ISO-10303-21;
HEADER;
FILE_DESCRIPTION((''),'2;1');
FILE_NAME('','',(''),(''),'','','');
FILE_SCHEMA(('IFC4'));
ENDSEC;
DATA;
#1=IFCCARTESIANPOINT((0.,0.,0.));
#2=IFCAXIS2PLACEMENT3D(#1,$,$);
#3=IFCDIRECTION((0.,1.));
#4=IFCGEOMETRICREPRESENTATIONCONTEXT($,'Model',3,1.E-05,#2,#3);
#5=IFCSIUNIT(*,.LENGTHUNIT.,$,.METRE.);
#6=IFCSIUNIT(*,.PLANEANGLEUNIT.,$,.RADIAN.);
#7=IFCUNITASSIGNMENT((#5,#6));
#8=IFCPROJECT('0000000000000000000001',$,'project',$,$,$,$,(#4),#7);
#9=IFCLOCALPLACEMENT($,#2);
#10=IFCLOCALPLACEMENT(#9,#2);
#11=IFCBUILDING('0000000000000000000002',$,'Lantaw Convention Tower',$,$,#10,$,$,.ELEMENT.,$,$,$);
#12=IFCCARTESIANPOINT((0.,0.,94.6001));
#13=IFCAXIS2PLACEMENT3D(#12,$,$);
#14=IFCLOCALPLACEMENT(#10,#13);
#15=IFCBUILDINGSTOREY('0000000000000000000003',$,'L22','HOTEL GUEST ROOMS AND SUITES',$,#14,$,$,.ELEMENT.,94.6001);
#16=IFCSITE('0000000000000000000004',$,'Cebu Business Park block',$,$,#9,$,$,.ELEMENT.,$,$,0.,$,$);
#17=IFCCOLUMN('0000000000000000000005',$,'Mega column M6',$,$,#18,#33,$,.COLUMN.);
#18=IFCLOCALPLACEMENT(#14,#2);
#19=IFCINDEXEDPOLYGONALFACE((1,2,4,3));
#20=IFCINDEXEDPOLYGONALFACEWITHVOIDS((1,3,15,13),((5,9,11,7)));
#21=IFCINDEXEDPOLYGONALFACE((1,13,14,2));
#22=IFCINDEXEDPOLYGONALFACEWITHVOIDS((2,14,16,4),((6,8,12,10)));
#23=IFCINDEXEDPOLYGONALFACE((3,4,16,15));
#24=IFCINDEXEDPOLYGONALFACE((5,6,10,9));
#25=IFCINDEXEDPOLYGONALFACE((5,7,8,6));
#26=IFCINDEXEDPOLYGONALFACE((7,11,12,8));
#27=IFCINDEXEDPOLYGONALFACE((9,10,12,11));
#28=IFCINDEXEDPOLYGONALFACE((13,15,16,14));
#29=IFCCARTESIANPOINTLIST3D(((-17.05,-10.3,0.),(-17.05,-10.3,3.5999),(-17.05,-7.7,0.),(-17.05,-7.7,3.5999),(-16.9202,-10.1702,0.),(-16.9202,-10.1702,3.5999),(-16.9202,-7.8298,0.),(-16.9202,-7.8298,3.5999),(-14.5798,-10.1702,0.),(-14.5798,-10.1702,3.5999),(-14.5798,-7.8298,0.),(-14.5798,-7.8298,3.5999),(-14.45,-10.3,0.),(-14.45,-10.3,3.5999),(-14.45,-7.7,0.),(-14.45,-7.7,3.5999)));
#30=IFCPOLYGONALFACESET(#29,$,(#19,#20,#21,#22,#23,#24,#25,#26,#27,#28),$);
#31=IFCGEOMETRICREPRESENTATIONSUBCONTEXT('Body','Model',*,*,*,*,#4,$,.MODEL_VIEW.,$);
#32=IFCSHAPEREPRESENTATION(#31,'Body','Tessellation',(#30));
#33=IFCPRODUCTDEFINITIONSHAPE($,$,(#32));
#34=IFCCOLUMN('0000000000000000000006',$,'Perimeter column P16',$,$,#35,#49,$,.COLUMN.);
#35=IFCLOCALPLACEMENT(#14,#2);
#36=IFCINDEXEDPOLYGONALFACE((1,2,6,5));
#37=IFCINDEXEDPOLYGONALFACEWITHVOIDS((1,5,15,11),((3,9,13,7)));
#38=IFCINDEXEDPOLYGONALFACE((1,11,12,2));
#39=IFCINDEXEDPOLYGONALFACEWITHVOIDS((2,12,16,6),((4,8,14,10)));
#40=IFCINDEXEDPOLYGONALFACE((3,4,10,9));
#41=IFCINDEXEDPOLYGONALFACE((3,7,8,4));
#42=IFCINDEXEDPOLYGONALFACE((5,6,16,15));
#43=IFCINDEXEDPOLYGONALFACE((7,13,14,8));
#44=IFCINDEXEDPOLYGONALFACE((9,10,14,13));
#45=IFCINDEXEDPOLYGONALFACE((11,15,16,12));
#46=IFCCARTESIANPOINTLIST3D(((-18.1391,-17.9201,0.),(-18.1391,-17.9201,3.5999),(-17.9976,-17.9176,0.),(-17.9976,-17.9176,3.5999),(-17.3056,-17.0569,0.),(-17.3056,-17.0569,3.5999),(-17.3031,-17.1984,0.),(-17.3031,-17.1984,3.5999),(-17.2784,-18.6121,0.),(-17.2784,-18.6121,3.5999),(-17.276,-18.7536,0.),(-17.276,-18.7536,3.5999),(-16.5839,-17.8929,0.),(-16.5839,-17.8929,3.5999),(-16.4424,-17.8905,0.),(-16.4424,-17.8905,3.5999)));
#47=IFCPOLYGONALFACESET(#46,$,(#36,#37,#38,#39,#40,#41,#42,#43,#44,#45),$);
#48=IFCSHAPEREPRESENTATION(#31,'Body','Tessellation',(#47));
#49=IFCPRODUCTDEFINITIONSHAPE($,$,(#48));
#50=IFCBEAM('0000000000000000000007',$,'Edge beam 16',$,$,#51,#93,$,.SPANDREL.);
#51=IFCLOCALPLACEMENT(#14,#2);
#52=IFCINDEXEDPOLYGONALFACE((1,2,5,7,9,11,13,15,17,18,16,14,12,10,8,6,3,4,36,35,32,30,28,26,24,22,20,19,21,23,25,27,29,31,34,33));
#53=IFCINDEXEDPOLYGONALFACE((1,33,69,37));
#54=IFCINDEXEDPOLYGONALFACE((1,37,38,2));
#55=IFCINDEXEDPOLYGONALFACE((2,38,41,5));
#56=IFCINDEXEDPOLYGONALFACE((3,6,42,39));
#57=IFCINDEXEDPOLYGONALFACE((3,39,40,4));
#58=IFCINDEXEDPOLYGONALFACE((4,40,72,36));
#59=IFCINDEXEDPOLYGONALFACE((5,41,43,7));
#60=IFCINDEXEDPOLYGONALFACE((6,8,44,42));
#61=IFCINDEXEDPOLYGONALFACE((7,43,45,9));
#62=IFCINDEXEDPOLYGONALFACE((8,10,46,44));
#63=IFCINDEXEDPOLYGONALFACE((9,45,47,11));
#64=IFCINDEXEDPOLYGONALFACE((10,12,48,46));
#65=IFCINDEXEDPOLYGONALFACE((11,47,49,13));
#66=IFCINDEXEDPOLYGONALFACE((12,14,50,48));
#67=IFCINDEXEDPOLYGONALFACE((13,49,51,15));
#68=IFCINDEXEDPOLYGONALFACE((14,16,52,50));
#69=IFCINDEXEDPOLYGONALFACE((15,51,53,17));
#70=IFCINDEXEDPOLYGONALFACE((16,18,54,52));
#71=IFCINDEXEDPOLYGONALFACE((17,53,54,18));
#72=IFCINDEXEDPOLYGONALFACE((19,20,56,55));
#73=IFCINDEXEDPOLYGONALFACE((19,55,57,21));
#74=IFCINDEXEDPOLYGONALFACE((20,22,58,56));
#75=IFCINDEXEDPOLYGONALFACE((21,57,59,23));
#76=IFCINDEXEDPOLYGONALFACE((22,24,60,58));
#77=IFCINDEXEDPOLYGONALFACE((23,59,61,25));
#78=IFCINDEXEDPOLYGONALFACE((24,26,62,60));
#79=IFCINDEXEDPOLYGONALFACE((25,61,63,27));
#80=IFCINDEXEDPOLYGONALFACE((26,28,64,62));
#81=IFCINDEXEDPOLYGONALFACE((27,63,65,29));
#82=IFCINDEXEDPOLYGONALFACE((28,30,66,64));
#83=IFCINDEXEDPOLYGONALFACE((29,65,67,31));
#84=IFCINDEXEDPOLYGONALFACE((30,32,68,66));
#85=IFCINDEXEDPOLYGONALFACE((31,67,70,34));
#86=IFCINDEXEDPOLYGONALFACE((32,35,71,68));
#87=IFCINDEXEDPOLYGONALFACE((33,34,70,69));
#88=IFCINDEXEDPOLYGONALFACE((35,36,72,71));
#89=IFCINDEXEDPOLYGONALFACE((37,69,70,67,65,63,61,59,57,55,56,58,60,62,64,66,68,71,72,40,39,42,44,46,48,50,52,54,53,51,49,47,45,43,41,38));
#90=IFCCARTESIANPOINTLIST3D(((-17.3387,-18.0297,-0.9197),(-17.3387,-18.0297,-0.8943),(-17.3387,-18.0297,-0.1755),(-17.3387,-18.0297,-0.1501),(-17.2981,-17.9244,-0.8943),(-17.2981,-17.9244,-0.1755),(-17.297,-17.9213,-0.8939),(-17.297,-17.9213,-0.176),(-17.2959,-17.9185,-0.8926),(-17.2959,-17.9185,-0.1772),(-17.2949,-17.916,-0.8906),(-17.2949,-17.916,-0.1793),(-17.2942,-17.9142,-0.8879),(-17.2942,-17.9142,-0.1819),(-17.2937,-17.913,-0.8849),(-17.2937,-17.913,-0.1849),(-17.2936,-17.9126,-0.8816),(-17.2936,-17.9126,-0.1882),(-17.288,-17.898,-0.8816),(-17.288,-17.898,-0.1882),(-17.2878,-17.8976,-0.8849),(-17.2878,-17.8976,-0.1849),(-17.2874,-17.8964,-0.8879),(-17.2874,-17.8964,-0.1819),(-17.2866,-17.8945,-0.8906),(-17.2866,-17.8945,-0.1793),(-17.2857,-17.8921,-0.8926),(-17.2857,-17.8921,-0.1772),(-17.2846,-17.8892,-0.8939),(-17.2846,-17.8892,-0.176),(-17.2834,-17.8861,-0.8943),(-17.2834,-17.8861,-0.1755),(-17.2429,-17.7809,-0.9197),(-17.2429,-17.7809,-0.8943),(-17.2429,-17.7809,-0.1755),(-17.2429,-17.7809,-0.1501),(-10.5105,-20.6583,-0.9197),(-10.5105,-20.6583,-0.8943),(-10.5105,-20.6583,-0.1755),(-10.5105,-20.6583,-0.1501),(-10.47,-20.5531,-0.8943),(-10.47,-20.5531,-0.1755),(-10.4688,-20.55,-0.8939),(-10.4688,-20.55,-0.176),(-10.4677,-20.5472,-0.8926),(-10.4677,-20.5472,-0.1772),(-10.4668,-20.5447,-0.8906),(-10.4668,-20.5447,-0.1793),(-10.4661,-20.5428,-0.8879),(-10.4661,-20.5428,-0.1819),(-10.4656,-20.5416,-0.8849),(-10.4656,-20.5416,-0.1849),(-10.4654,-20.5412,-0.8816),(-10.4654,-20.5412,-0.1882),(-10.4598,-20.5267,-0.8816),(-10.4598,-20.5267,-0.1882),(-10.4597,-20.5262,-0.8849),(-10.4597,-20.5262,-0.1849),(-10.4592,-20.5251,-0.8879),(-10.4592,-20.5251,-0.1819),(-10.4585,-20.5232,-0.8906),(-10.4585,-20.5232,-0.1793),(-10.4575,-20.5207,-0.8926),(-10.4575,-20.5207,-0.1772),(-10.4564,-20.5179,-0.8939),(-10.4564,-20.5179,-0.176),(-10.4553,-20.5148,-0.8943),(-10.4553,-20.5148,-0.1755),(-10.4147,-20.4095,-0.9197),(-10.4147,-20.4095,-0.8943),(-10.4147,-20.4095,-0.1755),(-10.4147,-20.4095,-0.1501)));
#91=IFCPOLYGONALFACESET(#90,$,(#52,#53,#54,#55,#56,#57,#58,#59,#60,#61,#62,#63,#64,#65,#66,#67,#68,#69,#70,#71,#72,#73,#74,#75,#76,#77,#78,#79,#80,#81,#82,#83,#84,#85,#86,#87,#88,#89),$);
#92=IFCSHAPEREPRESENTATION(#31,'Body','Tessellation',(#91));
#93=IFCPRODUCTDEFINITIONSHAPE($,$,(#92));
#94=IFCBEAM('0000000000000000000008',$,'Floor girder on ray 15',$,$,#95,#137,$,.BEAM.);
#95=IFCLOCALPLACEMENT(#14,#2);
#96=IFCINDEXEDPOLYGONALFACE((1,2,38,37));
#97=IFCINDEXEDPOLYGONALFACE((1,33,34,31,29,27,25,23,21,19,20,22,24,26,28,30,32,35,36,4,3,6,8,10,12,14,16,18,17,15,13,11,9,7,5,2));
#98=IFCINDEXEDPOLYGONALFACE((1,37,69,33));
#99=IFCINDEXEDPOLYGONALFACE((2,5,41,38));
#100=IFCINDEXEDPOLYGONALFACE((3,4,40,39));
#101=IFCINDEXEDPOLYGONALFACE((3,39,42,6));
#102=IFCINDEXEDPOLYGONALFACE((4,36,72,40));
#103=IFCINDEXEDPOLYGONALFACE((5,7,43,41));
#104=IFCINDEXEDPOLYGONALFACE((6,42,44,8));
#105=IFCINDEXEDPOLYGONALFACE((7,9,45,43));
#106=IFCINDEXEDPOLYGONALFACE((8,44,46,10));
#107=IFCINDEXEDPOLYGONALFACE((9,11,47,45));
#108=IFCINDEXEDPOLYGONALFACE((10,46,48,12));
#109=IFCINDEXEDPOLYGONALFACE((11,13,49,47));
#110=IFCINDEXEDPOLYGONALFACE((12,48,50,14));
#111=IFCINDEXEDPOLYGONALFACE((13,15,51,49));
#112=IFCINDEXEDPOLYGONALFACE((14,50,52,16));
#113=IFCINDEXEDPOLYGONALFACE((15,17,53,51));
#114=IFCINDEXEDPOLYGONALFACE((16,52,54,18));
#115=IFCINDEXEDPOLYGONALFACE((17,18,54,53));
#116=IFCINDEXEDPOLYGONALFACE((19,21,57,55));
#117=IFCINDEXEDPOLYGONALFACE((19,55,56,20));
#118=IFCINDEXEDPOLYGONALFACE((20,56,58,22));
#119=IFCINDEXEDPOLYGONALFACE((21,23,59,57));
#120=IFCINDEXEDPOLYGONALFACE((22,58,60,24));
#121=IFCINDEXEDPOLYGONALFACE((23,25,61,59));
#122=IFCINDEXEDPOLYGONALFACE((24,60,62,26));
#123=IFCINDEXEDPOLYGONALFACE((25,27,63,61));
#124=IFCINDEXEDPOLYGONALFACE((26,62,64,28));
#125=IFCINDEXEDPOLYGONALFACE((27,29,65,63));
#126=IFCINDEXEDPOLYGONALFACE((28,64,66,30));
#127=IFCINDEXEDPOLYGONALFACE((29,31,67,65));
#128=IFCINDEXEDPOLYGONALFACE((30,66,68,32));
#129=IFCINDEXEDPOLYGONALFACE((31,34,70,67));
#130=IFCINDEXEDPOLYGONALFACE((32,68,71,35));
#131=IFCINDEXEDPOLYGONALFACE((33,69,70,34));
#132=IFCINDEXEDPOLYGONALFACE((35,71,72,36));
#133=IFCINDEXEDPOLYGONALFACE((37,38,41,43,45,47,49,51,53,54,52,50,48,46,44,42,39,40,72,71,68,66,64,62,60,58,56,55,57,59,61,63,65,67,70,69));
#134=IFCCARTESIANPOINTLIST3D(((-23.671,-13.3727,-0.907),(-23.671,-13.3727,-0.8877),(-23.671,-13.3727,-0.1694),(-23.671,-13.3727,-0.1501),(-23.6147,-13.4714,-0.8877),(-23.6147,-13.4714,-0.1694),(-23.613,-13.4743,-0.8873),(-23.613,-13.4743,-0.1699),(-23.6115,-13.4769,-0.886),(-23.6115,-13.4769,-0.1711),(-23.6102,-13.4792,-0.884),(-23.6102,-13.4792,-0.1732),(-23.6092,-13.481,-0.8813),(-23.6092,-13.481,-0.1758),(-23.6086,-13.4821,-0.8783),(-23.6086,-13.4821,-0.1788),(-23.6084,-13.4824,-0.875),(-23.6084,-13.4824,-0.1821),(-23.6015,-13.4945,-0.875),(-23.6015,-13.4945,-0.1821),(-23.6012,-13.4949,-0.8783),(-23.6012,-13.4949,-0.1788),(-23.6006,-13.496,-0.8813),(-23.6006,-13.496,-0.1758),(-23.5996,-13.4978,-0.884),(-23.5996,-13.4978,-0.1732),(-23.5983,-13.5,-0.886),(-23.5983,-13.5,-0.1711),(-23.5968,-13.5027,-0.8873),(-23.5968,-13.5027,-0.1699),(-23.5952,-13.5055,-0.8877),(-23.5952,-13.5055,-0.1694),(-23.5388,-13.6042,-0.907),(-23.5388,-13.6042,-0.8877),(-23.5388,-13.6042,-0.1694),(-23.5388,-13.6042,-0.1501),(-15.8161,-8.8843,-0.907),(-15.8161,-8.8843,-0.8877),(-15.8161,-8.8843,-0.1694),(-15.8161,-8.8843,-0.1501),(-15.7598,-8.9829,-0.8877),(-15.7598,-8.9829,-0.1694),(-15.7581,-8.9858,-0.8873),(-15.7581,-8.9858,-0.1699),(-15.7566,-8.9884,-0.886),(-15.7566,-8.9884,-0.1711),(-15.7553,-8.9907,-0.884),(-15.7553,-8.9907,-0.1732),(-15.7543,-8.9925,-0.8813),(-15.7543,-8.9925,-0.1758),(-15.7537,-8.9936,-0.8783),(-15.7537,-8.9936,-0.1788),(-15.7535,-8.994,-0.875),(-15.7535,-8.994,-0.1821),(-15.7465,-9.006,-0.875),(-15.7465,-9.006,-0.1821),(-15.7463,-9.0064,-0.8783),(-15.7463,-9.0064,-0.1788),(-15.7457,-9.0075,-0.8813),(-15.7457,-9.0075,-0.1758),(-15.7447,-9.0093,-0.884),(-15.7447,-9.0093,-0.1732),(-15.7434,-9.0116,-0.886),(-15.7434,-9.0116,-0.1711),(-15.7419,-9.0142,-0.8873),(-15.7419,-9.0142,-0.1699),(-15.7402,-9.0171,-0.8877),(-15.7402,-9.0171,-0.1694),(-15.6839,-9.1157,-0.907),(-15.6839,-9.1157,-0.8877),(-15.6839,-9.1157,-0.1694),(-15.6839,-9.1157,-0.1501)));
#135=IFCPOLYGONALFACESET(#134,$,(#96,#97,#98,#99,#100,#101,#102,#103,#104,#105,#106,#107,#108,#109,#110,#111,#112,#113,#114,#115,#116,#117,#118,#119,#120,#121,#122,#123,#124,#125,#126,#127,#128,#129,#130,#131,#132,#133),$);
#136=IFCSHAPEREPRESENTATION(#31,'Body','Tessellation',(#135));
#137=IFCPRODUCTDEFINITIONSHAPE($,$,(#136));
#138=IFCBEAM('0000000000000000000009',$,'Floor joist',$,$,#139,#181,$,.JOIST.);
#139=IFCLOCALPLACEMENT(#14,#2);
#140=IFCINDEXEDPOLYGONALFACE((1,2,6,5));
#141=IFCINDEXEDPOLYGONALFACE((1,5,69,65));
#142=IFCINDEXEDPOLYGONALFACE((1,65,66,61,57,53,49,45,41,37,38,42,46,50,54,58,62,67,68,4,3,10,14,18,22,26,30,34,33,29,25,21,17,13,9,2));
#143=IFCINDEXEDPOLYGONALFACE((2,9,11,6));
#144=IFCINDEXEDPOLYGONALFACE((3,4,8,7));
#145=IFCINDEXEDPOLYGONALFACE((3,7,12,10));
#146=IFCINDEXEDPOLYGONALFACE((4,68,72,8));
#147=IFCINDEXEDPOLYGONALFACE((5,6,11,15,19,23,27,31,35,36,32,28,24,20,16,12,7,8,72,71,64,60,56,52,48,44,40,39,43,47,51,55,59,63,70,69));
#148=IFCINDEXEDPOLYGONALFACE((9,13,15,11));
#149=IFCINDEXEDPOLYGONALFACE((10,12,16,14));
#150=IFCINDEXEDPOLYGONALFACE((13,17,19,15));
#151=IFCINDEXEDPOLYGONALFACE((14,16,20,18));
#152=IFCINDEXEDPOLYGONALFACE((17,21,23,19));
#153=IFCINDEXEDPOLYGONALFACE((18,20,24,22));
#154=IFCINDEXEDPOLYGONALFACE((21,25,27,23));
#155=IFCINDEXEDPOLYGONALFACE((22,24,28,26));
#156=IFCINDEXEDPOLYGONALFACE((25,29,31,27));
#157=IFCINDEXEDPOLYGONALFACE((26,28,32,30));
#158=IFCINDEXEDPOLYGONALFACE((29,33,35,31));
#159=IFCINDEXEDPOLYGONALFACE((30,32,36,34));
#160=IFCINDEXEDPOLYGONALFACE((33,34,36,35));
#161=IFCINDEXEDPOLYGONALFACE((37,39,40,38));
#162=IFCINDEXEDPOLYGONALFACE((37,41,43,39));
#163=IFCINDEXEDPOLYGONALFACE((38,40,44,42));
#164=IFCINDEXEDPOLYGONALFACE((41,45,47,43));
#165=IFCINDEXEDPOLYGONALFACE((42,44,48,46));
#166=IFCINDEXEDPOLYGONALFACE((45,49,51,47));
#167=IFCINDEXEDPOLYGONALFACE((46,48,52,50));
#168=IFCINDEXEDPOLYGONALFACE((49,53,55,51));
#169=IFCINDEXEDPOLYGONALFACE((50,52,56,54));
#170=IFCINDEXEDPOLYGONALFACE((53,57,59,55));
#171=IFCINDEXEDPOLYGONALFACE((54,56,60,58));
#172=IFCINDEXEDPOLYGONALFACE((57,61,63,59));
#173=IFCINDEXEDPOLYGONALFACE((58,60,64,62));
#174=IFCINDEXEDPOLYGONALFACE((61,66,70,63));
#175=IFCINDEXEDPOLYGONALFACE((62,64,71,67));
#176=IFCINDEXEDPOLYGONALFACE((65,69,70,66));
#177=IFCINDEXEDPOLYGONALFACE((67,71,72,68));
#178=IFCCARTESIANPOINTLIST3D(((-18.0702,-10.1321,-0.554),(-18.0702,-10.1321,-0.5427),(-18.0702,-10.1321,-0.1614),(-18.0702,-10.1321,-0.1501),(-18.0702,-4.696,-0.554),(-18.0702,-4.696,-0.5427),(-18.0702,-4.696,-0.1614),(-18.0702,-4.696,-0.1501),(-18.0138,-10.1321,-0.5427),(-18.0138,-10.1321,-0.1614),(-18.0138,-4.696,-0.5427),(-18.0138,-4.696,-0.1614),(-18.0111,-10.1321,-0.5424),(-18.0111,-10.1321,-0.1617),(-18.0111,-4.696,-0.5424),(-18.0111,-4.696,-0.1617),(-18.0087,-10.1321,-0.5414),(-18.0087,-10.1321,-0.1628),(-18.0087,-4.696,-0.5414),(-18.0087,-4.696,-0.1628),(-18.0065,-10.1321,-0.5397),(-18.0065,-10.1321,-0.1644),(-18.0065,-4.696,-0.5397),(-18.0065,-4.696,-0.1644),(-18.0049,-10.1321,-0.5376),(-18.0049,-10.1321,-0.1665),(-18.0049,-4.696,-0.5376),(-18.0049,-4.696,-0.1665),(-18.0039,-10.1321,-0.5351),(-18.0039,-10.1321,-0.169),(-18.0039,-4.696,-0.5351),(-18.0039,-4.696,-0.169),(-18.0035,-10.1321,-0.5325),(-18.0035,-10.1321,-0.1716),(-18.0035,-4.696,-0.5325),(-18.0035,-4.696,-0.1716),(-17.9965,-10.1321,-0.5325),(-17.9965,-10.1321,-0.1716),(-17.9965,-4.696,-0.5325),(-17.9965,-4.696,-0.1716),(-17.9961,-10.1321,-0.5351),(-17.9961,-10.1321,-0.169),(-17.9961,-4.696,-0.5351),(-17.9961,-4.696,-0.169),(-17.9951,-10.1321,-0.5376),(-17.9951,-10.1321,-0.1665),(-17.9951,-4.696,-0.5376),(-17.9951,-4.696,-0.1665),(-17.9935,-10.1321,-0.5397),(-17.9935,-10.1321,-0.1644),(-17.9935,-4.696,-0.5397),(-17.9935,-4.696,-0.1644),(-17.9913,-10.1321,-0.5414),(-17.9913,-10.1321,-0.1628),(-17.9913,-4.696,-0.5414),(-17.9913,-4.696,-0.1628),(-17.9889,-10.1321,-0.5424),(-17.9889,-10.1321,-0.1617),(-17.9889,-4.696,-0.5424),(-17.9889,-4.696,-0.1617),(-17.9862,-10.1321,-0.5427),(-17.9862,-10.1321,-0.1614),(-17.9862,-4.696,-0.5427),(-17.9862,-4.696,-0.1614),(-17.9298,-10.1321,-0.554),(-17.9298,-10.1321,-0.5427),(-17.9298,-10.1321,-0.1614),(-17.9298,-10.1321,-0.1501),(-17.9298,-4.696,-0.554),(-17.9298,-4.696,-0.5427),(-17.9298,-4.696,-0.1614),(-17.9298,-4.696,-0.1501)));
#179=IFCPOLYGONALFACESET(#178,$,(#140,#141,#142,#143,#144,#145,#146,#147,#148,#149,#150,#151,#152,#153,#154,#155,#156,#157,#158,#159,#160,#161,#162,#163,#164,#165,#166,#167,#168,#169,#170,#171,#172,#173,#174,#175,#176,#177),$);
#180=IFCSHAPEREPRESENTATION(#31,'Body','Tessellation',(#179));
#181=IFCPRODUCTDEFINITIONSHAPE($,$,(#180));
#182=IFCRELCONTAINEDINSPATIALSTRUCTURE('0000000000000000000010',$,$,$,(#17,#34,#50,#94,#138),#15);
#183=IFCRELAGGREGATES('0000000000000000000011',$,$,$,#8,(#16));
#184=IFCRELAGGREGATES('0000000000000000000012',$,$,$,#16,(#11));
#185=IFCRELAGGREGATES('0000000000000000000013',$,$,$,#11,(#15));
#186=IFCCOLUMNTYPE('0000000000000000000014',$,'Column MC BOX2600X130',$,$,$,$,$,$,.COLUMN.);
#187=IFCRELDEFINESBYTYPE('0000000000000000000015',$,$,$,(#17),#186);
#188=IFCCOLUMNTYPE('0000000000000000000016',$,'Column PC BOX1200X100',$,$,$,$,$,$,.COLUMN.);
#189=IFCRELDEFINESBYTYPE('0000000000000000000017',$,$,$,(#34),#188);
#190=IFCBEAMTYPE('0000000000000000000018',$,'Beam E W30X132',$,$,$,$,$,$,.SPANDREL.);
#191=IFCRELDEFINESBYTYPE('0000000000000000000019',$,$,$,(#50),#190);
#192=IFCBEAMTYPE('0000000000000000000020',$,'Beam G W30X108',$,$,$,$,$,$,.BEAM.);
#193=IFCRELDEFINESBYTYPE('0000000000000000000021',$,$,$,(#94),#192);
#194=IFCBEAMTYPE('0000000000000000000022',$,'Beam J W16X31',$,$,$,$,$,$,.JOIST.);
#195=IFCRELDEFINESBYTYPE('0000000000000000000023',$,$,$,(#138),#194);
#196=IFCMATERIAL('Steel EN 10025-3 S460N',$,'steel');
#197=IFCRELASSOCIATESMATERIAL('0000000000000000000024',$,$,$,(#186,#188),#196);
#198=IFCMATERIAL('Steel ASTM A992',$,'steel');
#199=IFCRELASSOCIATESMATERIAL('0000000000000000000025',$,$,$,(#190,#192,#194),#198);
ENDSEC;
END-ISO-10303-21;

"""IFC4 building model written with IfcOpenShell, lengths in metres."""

from ifc_helpers import new_model, si_unit, direction, frame, origin, origin_2d, place, context, subcontext, project, spatial, rectangle, hollow_rectangle, i_section, extrude, material, material_profile, profile_set, type_object, element, save


model = new_model("IFC4")

# Units and contexts
model_context = context("Model", 3, precision=1e-05, world=origin(), true_north=direction((0.0, 1.0)))
body_context = subcontext(model_context, "Body", "Model", "MODEL_VIEW")
ifc_project = project(units=[si_unit("LENGTHUNIT", "METRE"), si_unit("PLANEANGLEUNIT", "RADIAN")], contexts=[model_context])

# Site, building, storey
site_placement = place(None, origin())
site = spatial("IfcSite", under=ifc_project, at=site_placement, Name="Cebu Business Park block", CompositionType="ELEMENT", RefElevation=0.0)
building_placement = place(site_placement, origin())
building = spatial("IfcBuilding", under=site, at=building_placement, Name="Lantaw Convention Tower", CompositionType="ELEMENT")
storey_placement = place(building_placement, frame((0.0, 0.0, 94.6001)))
storey = spatial("IfcBuildingStorey", under=building, at=storey_placement, Name="L22", Description="HOTEL GUEST ROOMS AND SUITES", CompositionType="ELEMENT", Elevation=94.6001)

# Columns
ifc_material_1 = material(Name="Steel EN 10025-3 S460N", Category="steel")
ifc_material_profile_1 = material_profile(ifc_material_1, hollow_rectangle(XDim=2.6001, YDim=2.6001, WallThickness=0.1299, at=origin_2d()), Name="BOX2600X130")
ifc_material_2 = material(Name="Concrete C60/75", Category="concrete")
ifc_material_profile_2 = material_profile(ifc_material_2, rectangle(XDim=2.3401, YDim=2.3401, at=origin_2d()), Name="Concrete fill of BOX2600X130")
ifc_profile_set_1 = profile_set([ifc_material_profile_1, ifc_material_profile_2], Name="Steel EN 10025-3 S460N")
column_type_1 = type_object("IfcColumnType", Name="Column MC BOX2600X130", PredefinedType="COLUMN", material=ifc_profile_set_1)
column_1_placement = place(storey_placement, frame((-15.75, -9.0, 0.0), z_axis=(0.0, 0.0, 1.0), x_axis=(1.0, 0.0, 0.0)))
element("IfcColumn", 1, at=column_1_placement, inside=storey, type_object=column_type_1, Name="Mega column M6", PredefinedType="COLUMN", context=body_context, shape_type="SweptSolid", body=[
    extrude(hollow_rectangle(XDim=2.6001, YDim=2.6001, WallThickness=0.1299, at=origin_2d()), origin(), (0.0, 0.0, 1.0), 3.5999),
])
ifc_material_profile_3 = material_profile(ifc_material_1, hollow_rectangle(XDim=1.2, YDim=1.2, WallThickness=0.1001, at=origin_2d()), Name="BOX1200X100")
ifc_material_profile_4 = material_profile(ifc_material_2, rectangle(XDim=1.0, YDim=1.0, at=origin_2d()), Name="Concrete fill of BOX1200X100")
ifc_profile_set_2 = profile_set([ifc_material_profile_3, ifc_material_profile_4], Name="Steel EN 10025-3 S460N")
column_type_2 = type_object("IfcColumnType", Name="Column PC BOX1200X100", PredefinedType="COLUMN", material=ifc_profile_set_2)
column_2_placement = place(storey_placement, frame((-17.2908, -17.9053, 0.0), z_axis=(0.0, 0.0, 1.0), x_axis=(0.694658, 0.71934, 0.0)))
element("IfcColumn", 2, at=column_2_placement, inside=storey, type_object=column_type_2, Name="Perimeter column P16", PredefinedType="COLUMN", context=body_context, shape_type="SweptSolid", body=[
    extrude(hollow_rectangle(XDim=1.2, YDim=1.2, WallThickness=0.1001, at=origin_2d()), origin(), (0.0, 0.0, 1.0), 3.5999),
])

# Beams
ifc_material_3 = material(Name="Steel ASTM A992", Category="steel")
ifc_material_profile_5 = material_profile(ifc_material_3, i_section(OverallWidth=0.2666, OverallDepth=0.7695, WebThickness=0.0156, FlangeThickness=0.0254, FilletRadius=0.0127, at=origin_2d()), Name="W30X132")
ifc_profile_set_3 = profile_set([ifc_material_profile_5], Name="Steel ASTM A992")
beam_type_1 = type_object("IfcBeamType", Name="Beam E W30X132", PredefinedType="SPANDREL", material=ifc_profile_set_3)
beam_1_placement = place(storey_placement, frame((-17.2908, -17.9053, -0.5349), z_axis=(0.933233, -0.359272, 0.0), x_axis=(0.359272, 0.933233, 0.0)))
element("IfcBeam", 3, at=beam_1_placement, inside=storey, type_object=beam_type_1, Name="Edge beam 16", PredefinedType="SPANDREL", context=body_context, shape_type="SweptSolid", body=[
    extrude(i_section(OverallWidth=0.2666, OverallDepth=0.7695, WebThickness=0.0156, FlangeThickness=0.0254, FilletRadius=0.0127, at=origin_2d()), origin(), (0.0, 0.0, 1.0), 7.3167),
])
ifc_material_profile_6 = material_profile(ifc_material_3, i_section(OverallWidth=0.2666, OverallDepth=0.7568, WebThickness=0.0139, FlangeThickness=0.0193, FilletRadius=0.0127, at=origin_2d()), Name="W30X108")
ifc_profile_set_4 = profile_set([ifc_material_profile_6], Name="Steel ASTM A992")
beam_type_2 = type_object("IfcBeamType", Name="Beam G W30X108", PredefinedType="BEAM", material=ifc_profile_set_4)
beam_2_placement = place(storey_placement, frame((-15.75, -9.0, -0.5286), z_axis=(-0.868245, -0.496136, 0.0), x_axis=(0.496136, -0.868245, 0.0)))
element("IfcBeam", 4, at=beam_2_placement, inside=storey, type_object=beam_type_2, Name="Floor girder on ray 15", PredefinedType="BEAM", context=body_context, shape_type="SweptSolid", body=[
    extrude(i_section(OverallWidth=0.2666, OverallDepth=0.7568, WebThickness=0.0139, FlangeThickness=0.0193, FilletRadius=0.0127, at=origin_2d()), origin(), (0.0, 0.0, 1.0), 9.0469),
])
ifc_material_profile_7 = material_profile(ifc_material_3, i_section(OverallWidth=0.1404, OverallDepth=0.4038, WebThickness=0.0071, FlangeThickness=0.0112, FilletRadius=0.0103, at=origin_2d()), Name="W16X31")
ifc_profile_set_5 = profile_set([ifc_material_profile_7], Name="Steel ASTM A992")
beam_type_3 = type_object("IfcBeamType", Name="Beam J W16X31", PredefinedType="JOIST", material=ifc_profile_set_5)
beam_3_placement = place(storey_placement, frame((-18.0, -10.1321, -0.3521), z_axis=(0.0, 1.0, 0.0), x_axis=(-1.0, 0.0, 0.0)))
element("IfcBeam", 5, at=beam_3_placement, inside=storey, type_object=beam_type_3, Name="Floor joist", PredefinedType="JOIST", context=body_context, shape_type="SweptSolid", body=[
    extrude(i_section(OverallWidth=0.1404, OverallDepth=0.4038, WebThickness=0.0071, FlangeThickness=0.0112, FilletRadius=0.0103, at=origin_2d()), origin(), (0.0, 0.0, 1.0), 5.436),
])

save(model, "model.ifc")
